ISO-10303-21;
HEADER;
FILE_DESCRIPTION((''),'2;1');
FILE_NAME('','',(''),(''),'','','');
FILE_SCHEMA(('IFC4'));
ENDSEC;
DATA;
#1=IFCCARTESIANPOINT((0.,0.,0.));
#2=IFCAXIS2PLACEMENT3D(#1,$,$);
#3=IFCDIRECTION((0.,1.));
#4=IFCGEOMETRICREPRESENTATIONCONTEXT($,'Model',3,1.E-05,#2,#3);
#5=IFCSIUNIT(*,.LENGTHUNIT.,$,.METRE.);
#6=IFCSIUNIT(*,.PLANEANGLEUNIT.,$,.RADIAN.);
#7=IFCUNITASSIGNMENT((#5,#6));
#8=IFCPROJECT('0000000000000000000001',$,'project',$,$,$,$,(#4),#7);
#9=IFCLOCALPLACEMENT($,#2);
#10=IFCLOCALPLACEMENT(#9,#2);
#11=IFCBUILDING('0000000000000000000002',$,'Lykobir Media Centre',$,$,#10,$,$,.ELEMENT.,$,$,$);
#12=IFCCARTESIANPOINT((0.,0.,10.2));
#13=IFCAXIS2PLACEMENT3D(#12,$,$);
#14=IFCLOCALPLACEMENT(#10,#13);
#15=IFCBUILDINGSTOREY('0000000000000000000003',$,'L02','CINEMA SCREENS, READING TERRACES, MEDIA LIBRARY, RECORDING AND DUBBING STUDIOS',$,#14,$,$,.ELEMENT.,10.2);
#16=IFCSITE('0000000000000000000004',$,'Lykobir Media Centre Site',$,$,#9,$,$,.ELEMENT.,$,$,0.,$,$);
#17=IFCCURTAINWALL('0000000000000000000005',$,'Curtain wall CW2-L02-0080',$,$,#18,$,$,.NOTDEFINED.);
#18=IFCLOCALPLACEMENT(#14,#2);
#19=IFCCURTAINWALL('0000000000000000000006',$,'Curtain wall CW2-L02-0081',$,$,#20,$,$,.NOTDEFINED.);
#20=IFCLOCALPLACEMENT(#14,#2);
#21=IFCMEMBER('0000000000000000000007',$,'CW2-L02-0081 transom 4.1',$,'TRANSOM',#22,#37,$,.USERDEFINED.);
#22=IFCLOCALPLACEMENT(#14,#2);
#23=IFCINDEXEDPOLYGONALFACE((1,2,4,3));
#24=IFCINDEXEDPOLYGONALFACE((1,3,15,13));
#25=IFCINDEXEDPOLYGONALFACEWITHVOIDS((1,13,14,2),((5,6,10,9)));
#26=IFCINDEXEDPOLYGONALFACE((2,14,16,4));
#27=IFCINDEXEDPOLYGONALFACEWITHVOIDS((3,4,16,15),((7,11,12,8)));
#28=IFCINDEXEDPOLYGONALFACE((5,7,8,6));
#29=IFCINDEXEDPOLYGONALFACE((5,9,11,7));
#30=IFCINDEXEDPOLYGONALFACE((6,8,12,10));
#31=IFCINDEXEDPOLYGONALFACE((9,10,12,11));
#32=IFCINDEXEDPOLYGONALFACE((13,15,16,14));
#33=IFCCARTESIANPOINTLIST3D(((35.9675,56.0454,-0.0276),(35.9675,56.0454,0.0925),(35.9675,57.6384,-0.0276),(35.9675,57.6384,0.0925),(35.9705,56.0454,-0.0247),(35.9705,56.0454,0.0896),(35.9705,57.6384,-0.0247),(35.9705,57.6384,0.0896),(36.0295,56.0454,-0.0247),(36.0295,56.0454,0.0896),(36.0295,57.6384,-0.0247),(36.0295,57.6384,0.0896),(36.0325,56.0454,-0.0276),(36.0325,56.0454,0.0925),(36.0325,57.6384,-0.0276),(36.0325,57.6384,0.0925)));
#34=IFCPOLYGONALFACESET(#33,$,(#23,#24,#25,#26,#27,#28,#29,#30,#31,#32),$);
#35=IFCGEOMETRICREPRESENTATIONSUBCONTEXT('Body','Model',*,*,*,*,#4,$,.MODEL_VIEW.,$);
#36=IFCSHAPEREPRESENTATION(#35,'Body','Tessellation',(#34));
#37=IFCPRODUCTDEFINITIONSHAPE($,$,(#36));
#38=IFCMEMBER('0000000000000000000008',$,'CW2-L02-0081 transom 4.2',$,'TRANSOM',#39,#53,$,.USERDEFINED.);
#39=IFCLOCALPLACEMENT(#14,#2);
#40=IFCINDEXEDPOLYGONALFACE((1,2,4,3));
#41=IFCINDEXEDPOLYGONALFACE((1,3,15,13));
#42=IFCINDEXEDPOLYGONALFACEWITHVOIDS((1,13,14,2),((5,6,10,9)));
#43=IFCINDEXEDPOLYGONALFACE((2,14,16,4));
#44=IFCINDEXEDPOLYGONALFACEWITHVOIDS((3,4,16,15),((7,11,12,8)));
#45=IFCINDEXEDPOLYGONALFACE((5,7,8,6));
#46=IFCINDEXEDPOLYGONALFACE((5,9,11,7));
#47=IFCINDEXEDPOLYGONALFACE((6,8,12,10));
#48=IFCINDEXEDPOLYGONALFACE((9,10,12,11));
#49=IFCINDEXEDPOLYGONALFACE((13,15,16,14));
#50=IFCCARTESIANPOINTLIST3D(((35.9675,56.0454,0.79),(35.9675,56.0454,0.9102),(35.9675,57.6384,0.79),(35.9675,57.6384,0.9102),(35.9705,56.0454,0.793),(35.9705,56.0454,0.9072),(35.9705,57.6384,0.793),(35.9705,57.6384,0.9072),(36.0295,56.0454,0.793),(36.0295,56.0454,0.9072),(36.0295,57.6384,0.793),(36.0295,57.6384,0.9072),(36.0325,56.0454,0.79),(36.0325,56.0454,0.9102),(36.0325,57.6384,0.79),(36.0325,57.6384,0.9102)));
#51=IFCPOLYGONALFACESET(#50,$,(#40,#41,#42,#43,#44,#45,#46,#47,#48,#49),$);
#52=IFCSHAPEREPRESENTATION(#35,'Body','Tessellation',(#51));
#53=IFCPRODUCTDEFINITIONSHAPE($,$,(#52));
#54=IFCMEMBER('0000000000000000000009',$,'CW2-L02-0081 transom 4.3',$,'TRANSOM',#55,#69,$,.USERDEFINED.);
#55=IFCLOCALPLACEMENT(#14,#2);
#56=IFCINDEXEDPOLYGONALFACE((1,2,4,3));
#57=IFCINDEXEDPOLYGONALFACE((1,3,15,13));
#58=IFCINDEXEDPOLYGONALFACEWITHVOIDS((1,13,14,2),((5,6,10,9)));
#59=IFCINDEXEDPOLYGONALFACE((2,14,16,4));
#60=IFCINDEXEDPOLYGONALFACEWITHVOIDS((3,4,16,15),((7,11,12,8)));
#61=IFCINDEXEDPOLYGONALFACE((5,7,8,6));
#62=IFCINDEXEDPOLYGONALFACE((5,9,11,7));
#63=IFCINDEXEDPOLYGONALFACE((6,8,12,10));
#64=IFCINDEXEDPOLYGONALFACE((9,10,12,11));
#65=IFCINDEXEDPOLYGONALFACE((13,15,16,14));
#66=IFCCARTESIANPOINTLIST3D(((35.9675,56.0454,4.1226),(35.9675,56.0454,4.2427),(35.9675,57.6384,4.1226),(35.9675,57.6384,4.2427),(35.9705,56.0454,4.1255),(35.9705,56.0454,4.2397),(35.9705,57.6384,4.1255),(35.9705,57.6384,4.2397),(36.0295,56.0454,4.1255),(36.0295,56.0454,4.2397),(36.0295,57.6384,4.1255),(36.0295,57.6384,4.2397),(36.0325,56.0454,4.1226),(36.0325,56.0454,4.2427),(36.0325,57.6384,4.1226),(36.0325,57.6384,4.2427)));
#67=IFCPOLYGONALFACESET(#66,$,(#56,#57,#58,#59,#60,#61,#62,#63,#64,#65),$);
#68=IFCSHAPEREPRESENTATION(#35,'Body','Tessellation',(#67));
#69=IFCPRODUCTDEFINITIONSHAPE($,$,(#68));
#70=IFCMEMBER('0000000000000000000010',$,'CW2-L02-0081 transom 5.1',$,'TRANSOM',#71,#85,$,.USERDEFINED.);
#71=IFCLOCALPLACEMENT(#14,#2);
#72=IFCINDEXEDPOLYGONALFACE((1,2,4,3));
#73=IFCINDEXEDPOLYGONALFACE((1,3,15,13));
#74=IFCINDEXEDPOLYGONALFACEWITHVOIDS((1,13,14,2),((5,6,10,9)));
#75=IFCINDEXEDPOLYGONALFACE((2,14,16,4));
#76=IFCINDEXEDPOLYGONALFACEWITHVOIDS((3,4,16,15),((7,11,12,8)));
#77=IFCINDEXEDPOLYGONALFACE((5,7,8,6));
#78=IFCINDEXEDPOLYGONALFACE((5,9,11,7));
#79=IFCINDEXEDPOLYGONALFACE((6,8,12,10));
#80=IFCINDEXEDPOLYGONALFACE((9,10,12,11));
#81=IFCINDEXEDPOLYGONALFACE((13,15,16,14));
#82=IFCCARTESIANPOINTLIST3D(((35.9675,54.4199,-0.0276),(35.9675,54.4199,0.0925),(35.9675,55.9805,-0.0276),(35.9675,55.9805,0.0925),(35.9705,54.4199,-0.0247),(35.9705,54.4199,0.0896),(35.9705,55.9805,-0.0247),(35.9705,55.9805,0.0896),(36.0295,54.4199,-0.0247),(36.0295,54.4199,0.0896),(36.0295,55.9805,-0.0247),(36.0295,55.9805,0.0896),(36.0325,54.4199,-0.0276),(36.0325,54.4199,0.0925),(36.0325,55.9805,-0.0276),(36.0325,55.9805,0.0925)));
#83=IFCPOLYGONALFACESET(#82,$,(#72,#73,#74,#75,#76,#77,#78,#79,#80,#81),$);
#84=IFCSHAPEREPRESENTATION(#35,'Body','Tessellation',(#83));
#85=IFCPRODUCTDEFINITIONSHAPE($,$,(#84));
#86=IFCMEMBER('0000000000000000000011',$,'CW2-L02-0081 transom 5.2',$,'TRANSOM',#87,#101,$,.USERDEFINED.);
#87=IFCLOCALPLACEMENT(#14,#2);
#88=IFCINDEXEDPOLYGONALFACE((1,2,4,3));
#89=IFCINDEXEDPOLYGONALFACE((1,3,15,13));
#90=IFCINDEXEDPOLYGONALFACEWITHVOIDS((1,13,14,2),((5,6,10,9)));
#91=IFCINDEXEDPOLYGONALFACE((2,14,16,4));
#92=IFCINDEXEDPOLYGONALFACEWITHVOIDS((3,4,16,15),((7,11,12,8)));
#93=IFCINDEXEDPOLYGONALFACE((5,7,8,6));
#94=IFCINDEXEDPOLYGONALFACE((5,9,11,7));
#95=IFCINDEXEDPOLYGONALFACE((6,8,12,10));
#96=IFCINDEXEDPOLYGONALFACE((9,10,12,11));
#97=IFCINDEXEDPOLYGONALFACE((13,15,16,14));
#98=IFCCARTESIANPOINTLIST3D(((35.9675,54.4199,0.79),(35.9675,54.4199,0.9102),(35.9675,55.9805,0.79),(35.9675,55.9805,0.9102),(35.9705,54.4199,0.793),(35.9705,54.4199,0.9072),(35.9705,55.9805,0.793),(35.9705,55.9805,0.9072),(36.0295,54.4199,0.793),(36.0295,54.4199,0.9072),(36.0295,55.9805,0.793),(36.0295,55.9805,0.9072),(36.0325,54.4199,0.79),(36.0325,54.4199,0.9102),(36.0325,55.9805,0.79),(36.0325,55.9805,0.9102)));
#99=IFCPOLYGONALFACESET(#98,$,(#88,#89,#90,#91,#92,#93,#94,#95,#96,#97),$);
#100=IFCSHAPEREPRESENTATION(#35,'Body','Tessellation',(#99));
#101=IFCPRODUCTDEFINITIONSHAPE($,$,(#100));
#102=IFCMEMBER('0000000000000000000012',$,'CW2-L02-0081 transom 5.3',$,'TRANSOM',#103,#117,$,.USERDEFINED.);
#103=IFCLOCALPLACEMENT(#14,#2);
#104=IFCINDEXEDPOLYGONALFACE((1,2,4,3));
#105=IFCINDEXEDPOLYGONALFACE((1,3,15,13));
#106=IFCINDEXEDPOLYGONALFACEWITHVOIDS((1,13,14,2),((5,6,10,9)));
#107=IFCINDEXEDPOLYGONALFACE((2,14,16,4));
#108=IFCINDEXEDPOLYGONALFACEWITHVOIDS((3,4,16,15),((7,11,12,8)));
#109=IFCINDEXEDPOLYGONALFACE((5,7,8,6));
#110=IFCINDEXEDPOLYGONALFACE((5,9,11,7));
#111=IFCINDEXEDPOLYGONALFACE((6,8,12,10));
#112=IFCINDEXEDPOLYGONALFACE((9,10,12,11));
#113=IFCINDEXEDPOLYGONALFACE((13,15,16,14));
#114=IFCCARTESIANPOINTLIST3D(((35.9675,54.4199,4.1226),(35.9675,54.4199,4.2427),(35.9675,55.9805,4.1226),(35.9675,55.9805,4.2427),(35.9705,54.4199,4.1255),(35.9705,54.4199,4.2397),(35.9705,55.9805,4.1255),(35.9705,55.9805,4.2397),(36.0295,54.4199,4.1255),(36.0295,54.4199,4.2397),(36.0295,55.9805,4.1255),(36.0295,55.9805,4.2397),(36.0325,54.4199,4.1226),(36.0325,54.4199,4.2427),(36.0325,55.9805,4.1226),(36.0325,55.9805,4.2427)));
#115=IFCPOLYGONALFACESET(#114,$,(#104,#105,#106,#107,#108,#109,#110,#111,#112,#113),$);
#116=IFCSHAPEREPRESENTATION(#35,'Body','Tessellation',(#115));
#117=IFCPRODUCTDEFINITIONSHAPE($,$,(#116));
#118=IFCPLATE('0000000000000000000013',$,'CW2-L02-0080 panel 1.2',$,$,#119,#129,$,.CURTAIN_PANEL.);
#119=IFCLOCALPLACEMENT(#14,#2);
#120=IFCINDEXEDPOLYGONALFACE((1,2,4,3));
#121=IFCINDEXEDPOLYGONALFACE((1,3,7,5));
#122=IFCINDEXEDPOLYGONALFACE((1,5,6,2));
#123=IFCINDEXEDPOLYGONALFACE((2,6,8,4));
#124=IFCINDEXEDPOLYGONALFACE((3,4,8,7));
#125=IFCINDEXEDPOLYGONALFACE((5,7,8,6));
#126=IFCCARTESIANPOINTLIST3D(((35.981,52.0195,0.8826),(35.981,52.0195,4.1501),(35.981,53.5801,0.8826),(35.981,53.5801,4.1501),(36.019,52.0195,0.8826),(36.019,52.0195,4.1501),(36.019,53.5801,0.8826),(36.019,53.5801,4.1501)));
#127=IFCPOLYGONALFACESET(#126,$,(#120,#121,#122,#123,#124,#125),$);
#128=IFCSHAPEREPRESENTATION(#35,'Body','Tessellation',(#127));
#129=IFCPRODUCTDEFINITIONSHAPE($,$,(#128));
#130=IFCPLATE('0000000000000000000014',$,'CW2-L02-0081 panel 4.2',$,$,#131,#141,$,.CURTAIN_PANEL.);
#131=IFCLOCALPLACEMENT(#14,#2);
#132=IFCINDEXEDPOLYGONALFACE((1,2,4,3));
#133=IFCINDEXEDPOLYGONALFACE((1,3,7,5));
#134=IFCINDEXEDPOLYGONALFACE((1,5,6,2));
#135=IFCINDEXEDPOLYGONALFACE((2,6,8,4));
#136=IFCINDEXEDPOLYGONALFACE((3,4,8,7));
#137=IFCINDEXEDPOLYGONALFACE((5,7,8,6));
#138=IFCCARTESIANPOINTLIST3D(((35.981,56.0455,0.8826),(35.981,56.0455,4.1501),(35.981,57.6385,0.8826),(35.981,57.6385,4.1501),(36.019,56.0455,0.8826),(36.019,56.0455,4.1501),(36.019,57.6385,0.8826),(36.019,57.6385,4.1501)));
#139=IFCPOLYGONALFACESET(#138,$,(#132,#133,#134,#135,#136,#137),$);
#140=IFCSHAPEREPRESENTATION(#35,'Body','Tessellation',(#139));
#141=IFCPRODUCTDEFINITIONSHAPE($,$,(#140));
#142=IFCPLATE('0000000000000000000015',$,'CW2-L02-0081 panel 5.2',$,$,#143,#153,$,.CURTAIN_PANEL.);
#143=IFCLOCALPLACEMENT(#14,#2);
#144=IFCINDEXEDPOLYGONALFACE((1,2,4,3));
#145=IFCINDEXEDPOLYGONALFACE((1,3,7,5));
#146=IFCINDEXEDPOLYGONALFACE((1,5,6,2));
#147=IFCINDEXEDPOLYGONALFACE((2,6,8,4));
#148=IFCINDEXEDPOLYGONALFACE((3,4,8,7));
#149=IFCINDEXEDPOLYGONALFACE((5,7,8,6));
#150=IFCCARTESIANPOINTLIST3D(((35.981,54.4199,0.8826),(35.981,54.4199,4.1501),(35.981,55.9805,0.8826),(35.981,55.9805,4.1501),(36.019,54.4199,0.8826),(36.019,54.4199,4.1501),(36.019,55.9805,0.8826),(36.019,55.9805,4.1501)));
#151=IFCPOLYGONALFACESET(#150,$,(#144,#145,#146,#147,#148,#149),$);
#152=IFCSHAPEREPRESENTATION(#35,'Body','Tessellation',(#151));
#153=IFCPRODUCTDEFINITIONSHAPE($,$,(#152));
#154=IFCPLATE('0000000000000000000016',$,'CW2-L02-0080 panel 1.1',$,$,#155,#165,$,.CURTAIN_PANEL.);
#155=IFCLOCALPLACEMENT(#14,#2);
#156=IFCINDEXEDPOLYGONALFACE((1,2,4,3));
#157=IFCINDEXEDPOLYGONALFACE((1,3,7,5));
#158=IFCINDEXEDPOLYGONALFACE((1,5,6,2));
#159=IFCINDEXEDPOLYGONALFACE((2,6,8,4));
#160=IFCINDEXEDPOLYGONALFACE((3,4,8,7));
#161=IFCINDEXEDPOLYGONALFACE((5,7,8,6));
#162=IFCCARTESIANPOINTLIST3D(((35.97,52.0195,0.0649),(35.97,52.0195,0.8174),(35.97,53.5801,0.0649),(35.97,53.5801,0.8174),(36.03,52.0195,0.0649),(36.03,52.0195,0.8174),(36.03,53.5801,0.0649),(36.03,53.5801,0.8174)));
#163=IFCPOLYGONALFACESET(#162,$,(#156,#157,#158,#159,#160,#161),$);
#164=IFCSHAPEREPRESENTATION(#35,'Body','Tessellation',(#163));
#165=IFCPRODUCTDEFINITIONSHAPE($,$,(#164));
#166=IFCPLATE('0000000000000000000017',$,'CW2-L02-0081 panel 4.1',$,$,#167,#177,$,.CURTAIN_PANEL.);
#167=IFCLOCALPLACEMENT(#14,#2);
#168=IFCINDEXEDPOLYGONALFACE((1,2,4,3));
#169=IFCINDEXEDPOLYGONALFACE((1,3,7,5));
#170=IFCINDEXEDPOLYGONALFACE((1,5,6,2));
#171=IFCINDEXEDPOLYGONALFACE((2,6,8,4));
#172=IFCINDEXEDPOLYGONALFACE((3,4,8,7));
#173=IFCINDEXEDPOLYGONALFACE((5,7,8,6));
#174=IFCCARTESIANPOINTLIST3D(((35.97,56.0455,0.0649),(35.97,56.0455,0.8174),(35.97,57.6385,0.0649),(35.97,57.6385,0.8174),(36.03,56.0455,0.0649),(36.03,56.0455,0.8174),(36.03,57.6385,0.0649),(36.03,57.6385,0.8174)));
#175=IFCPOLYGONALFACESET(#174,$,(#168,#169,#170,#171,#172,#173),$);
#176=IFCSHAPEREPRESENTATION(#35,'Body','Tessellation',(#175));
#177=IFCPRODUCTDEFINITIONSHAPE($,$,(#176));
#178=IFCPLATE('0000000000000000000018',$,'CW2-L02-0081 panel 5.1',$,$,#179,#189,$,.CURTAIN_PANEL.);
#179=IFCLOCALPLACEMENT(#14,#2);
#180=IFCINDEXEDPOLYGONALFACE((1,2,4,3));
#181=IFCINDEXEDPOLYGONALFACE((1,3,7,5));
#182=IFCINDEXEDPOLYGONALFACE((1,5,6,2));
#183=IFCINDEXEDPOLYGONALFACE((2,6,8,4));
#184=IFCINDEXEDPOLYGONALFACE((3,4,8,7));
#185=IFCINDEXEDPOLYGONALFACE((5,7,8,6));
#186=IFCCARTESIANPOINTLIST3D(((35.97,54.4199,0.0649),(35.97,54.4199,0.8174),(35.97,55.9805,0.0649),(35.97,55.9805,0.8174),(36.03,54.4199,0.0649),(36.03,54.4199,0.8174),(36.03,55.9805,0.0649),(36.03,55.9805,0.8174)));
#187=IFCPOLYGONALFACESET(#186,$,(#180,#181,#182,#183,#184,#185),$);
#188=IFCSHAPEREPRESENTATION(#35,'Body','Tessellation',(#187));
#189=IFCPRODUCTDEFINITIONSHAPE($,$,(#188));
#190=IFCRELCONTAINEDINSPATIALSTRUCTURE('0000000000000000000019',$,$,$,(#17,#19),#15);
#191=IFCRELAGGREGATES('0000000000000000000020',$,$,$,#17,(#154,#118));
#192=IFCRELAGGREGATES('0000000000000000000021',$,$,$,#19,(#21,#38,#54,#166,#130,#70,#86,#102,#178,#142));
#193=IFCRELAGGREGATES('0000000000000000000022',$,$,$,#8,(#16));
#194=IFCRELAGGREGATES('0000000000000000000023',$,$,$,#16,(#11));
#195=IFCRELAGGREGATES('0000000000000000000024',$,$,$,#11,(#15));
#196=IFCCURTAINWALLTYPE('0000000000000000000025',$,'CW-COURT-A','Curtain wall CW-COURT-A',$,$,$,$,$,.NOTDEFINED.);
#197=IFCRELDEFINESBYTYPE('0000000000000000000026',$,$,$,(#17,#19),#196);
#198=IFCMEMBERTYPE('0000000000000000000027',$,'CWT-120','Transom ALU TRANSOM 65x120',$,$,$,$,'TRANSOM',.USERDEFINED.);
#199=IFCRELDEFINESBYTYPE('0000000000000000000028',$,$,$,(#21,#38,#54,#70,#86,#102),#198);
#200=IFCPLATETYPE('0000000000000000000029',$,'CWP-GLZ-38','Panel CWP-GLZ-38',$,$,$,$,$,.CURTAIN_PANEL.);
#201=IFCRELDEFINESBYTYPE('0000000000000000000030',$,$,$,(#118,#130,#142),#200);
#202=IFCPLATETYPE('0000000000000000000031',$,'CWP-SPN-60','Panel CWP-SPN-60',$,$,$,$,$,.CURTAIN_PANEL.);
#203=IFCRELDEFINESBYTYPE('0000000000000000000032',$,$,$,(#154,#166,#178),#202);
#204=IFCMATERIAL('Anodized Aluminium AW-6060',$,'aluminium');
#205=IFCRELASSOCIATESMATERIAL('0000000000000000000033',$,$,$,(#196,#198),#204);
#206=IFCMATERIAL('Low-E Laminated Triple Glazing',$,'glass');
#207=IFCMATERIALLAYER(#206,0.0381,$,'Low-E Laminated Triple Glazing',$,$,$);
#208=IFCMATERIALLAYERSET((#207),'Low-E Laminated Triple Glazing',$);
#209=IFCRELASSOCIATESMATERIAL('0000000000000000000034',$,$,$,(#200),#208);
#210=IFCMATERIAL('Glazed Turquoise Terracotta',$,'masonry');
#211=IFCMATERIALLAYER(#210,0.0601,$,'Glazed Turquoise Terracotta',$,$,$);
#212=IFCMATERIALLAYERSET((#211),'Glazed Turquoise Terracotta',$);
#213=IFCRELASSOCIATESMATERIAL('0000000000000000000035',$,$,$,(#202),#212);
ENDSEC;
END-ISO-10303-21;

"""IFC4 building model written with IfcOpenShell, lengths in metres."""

from ifc_helpers import new_model, si_unit, direction, frame, origin, origin_2d, place, context, subcontext, project, spatial, rectangle, hollow_rectangle, extrude, material, layer, layer_set, material_profile, profile_set, type_object, element, aggregate, save


model = new_model("IFC4")

# Units and contexts
model_context = context("Model", 3, precision=1e-05, world=origin(), true_north=direction((0.0, 1.0)))
body_context = subcontext(model_context, "Body", "Model", "MODEL_VIEW")
ifc_project = project(units=[si_unit("LENGTHUNIT", "METRE"), si_unit("PLANEANGLEUNIT", "RADIAN")], contexts=[model_context])

# Site, building, storey
site_placement = place(None, origin())
site = spatial("IfcSite", under=ifc_project, at=site_placement, Name="Lykobir Media Centre Site", CompositionType="ELEMENT", RefElevation=0.0)
building_placement = place(site_placement, origin())
building = spatial("IfcBuilding", under=site, at=building_placement, Name="Lykobir Media Centre", CompositionType="ELEMENT")
storey_placement = place(building_placement, frame((0.0, 0.0, 10.2)))
storey = spatial("IfcBuildingStorey", under=building, at=storey_placement, Name="L02", Description="CINEMA SCREENS, READING TERRACES, MEDIA LIBRARY, RECORDING AND DUBBING STUDIOS", CompositionType="ELEMENT", Elevation=10.2)

# Curtain walls
ifc_material_1 = material(Name="Anodized Aluminium AW-6060", Category="aluminium")
curtain_wall_type = type_object("IfcCurtainWallType", Name="CW-COURT-A", Description="Curtain wall CW-COURT-A", PredefinedType="NOTDEFINED", material=ifc_material_1)
curtain_wall_1_placement = place(storey_placement, origin())
curtain_wall_1 = element("IfcCurtainWall", 1, at=curtain_wall_1_placement, inside=storey, type_object=curtain_wall_type, Name="Curtain wall CW2-L02-0080", PredefinedType="NOTDEFINED")
curtain_wall_2_placement = place(storey_placement, origin())
curtain_wall_2 = element("IfcCurtainWall", 2, at=curtain_wall_2_placement, inside=storey, type_object=curtain_wall_type, Name="Curtain wall CW2-L02-0081", PredefinedType="NOTDEFINED")

# Members
ifc_material_profile_1 = material_profile(ifc_material_1, hollow_rectangle(XDim=0.0649, YDim=0.1201, WallThickness=0.0029, at=origin_2d()), Name="ALU TRANSOM 65x120")
ifc_profile_set_1 = profile_set([ifc_material_profile_1], Name="Anodized Aluminium AW-6060")
member_type_1 = type_object("IfcMemberType", Name="CWT-120", Description="Transom ALU TRANSOM 65x120", ElementType="TRANSOM", PredefinedType="USERDEFINED", material=ifc_profile_set_1)
member_1_placement = place(storey_placement, frame((36.0, 57.6384, 0.0325), z_axis=(0.0, -1.0, 0.0), x_axis=(1.0, 0.0, 0.0)))
member_1 = element("IfcMember", 3, at=member_1_placement, type_object=member_type_1, Name="CW2-L02-0081 transom 4.1", ObjectType="TRANSOM", PredefinedType="USERDEFINED", context=body_context, shape_type="SweptSolid", body=[
    extrude(hollow_rectangle(XDim=0.0649, YDim=0.1201, WallThickness=0.0029, at=origin_2d()), origin(), (0.0, 0.0, 1.0), 1.593),
])
member_2_placement = place(storey_placement, frame((36.0, 57.6384, 0.8501), z_axis=(0.0, -1.0, 0.0), x_axis=(1.0, 0.0, 0.0)))
member_2 = element("IfcMember", 4, at=member_2_placement, type_object=member_type_1, Name="CW2-L02-0081 transom 4.2", ObjectType="TRANSOM", PredefinedType="USERDEFINED", context=body_context, shape_type="SweptSolid", body=[
    extrude(hollow_rectangle(XDim=0.0649, YDim=0.1201, WallThickness=0.0029, at=origin_2d()), origin(), (0.0, 0.0, 1.0), 1.593),
])
member_3_placement = place(storey_placement, frame((36.0, 57.6384, 4.1826), z_axis=(0.0, -1.0, 0.0), x_axis=(1.0, 0.0, 0.0)))
member_3 = element("IfcMember", 5, at=member_3_placement, type_object=member_type_1, Name="CW2-L02-0081 transom 4.3", ObjectType="TRANSOM", PredefinedType="USERDEFINED", context=body_context, shape_type="SweptSolid", body=[
    extrude(hollow_rectangle(XDim=0.0649, YDim=0.1201, WallThickness=0.0029, at=origin_2d()), origin(), (0.0, 0.0, 1.0), 1.593),
])
member_4_placement = place(storey_placement, frame((36.0, 55.9805, 0.0325), z_axis=(0.0, -1.0, 0.0), x_axis=(1.0, 0.0, 0.0)))
member_4 = element("IfcMember", 6, at=member_4_placement, type_object=member_type_1, Name="CW2-L02-0081 transom 5.1", ObjectType="TRANSOM", PredefinedType="USERDEFINED", context=body_context, shape_type="SweptSolid", body=[
    extrude(hollow_rectangle(XDim=0.0649, YDim=0.1201, WallThickness=0.0029, at=origin_2d()), origin(), (0.0, 0.0, 1.0), 1.5605),
])
member_5_placement = place(storey_placement, frame((36.0, 55.9805, 0.8501), z_axis=(0.0, -1.0, 0.0), x_axis=(1.0, 0.0, 0.0)))
member_5 = element("IfcMember", 7, at=member_5_placement, type_object=member_type_1, Name="CW2-L02-0081 transom 5.2", ObjectType="TRANSOM", PredefinedType="USERDEFINED", context=body_context, shape_type="SweptSolid", body=[
    extrude(hollow_rectangle(XDim=0.0649, YDim=0.1201, WallThickness=0.0029, at=origin_2d()), origin(), (0.0, 0.0, 1.0), 1.5605),
])
member_6_placement = place(storey_placement, frame((36.0, 55.9805, 4.1826), z_axis=(0.0, -1.0, 0.0), x_axis=(1.0, 0.0, 0.0)))
member_6 = element("IfcMember", 8, at=member_6_placement, type_object=member_type_1, Name="CW2-L02-0081 transom 5.3", ObjectType="TRANSOM", PredefinedType="USERDEFINED", context=body_context, shape_type="SweptSolid", body=[
    extrude(hollow_rectangle(XDim=0.0649, YDim=0.1201, WallThickness=0.0029, at=origin_2d()), origin(), (0.0, 0.0, 1.0), 1.5605),
])

# Plates
ifc_material_2 = material(Name="Low-E Laminated Triple Glazing", Category="glass")
ifc_layer_1 = layer(ifc_material_2, 0.0381, Name="Low-E Laminated Triple Glazing")
ifc_layer_set_1 = layer_set([ifc_layer_1], Name="Low-E Laminated Triple Glazing")
plate_type_1 = type_object("IfcPlateType", Name="CWP-GLZ-38", Description="Panel CWP-GLZ-38", PredefinedType="CURTAIN_PANEL", material=ifc_layer_set_1)
plate_1_placement = place(storey_placement, frame((36.0, 52.7998, 0.8826), z_axis=(0.0, 0.0, 1.0), x_axis=(0.0, -1.0, 0.0)))
plate_1 = element("IfcPlate", 9, at=plate_1_placement, type_object=plate_type_1, Name="CW2-L02-0080 panel 1.2", PredefinedType="CURTAIN_PANEL", context=body_context, shape_type="SweptSolid", body=[
    extrude(rectangle(XDim=1.5605, YDim=0.0381, at=origin_2d()), origin(), (0.0, 0.0, 1.0), 3.2676),
])
plate_2_placement = place(storey_placement, frame((36.0, 56.842, 0.8826), z_axis=(0.0, 0.0, 1.0), x_axis=(0.0, -1.0, 0.0)))
plate_2 = element("IfcPlate", 10, at=plate_2_placement, type_object=plate_type_1, Name="CW2-L02-0081 panel 4.2", PredefinedType="CURTAIN_PANEL", context=body_context, shape_type="SweptSolid", body=[
    extrude(rectangle(XDim=1.593, YDim=0.0381, at=origin_2d()), origin(), (0.0, 0.0, 1.0), 3.2676),
])
plate_3_placement = place(storey_placement, frame((36.0, 55.2002, 0.8826), z_axis=(0.0, 0.0, 1.0), x_axis=(0.0, -1.0, 0.0)))
plate_3 = element("IfcPlate", 11, at=plate_3_placement, type_object=plate_type_1, Name="CW2-L02-0081 panel 5.2", PredefinedType="CURTAIN_PANEL", context=body_context, shape_type="SweptSolid", body=[
    extrude(rectangle(XDim=1.5605, YDim=0.0381, at=origin_2d()), origin(), (0.0, 0.0, 1.0), 3.2676),
])
ifc_material_3 = material(Name="Glazed Turquoise Terracotta", Category="masonry")
ifc_layer_2 = layer(ifc_material_3, 0.0601, Name="Glazed Turquoise Terracotta")
ifc_layer_set_2 = layer_set([ifc_layer_2], Name="Glazed Turquoise Terracotta")
plate_type_2 = type_object("IfcPlateType", Name="CWP-SPN-60", Description="Panel CWP-SPN-60", PredefinedType="CURTAIN_PANEL", material=ifc_layer_set_2)
plate_4_placement = place(storey_placement, frame((36.0, 52.7998, 0.0649), z_axis=(0.0, 0.0, 1.0), x_axis=(0.0, -1.0, 0.0)))
plate_4 = element("IfcPlate", 12, at=plate_4_placement, type_object=plate_type_2, Name="CW2-L02-0080 panel 1.1", PredefinedType="CURTAIN_PANEL", context=body_context, shape_type="SweptSolid", body=[
    extrude(rectangle(XDim=1.5605, YDim=0.0601, at=origin_2d()), origin(), (0.0, 0.0, 1.0), 0.7524),
])
aggregate(curtain_wall_1, [plate_4, plate_1])
plate_5_placement = place(storey_placement, frame((36.0, 56.842, 0.0649), z_axis=(0.0, 0.0, 1.0), x_axis=(0.0, -1.0, 0.0)))
plate_5 = element("IfcPlate", 13, at=plate_5_placement, type_object=plate_type_2, Name="CW2-L02-0081 panel 4.1", PredefinedType="CURTAIN_PANEL", context=body_context, shape_type="SweptSolid", body=[
    extrude(rectangle(XDim=1.593, YDim=0.0601, at=origin_2d()), origin(), (0.0, 0.0, 1.0), 0.7524),
])
plate_6_placement = place(storey_placement, frame((36.0, 55.2002, 0.0649), z_axis=(0.0, 0.0, 1.0), x_axis=(0.0, -1.0, 0.0)))
plate_6 = element("IfcPlate", 14, at=plate_6_placement, type_object=plate_type_2, Name="CW2-L02-0081 panel 5.1", PredefinedType="CURTAIN_PANEL", context=body_context, shape_type="SweptSolid", body=[
    extrude(rectangle(XDim=1.5605, YDim=0.0601, at=origin_2d()), origin(), (0.0, 0.0, 1.0), 0.7524),
])
aggregate(curtain_wall_2, [member_1, member_2, member_3, plate_5, plate_2, member_4, member_5, member_6, plate_6, plate_3])

save(model, "model.ifc")
